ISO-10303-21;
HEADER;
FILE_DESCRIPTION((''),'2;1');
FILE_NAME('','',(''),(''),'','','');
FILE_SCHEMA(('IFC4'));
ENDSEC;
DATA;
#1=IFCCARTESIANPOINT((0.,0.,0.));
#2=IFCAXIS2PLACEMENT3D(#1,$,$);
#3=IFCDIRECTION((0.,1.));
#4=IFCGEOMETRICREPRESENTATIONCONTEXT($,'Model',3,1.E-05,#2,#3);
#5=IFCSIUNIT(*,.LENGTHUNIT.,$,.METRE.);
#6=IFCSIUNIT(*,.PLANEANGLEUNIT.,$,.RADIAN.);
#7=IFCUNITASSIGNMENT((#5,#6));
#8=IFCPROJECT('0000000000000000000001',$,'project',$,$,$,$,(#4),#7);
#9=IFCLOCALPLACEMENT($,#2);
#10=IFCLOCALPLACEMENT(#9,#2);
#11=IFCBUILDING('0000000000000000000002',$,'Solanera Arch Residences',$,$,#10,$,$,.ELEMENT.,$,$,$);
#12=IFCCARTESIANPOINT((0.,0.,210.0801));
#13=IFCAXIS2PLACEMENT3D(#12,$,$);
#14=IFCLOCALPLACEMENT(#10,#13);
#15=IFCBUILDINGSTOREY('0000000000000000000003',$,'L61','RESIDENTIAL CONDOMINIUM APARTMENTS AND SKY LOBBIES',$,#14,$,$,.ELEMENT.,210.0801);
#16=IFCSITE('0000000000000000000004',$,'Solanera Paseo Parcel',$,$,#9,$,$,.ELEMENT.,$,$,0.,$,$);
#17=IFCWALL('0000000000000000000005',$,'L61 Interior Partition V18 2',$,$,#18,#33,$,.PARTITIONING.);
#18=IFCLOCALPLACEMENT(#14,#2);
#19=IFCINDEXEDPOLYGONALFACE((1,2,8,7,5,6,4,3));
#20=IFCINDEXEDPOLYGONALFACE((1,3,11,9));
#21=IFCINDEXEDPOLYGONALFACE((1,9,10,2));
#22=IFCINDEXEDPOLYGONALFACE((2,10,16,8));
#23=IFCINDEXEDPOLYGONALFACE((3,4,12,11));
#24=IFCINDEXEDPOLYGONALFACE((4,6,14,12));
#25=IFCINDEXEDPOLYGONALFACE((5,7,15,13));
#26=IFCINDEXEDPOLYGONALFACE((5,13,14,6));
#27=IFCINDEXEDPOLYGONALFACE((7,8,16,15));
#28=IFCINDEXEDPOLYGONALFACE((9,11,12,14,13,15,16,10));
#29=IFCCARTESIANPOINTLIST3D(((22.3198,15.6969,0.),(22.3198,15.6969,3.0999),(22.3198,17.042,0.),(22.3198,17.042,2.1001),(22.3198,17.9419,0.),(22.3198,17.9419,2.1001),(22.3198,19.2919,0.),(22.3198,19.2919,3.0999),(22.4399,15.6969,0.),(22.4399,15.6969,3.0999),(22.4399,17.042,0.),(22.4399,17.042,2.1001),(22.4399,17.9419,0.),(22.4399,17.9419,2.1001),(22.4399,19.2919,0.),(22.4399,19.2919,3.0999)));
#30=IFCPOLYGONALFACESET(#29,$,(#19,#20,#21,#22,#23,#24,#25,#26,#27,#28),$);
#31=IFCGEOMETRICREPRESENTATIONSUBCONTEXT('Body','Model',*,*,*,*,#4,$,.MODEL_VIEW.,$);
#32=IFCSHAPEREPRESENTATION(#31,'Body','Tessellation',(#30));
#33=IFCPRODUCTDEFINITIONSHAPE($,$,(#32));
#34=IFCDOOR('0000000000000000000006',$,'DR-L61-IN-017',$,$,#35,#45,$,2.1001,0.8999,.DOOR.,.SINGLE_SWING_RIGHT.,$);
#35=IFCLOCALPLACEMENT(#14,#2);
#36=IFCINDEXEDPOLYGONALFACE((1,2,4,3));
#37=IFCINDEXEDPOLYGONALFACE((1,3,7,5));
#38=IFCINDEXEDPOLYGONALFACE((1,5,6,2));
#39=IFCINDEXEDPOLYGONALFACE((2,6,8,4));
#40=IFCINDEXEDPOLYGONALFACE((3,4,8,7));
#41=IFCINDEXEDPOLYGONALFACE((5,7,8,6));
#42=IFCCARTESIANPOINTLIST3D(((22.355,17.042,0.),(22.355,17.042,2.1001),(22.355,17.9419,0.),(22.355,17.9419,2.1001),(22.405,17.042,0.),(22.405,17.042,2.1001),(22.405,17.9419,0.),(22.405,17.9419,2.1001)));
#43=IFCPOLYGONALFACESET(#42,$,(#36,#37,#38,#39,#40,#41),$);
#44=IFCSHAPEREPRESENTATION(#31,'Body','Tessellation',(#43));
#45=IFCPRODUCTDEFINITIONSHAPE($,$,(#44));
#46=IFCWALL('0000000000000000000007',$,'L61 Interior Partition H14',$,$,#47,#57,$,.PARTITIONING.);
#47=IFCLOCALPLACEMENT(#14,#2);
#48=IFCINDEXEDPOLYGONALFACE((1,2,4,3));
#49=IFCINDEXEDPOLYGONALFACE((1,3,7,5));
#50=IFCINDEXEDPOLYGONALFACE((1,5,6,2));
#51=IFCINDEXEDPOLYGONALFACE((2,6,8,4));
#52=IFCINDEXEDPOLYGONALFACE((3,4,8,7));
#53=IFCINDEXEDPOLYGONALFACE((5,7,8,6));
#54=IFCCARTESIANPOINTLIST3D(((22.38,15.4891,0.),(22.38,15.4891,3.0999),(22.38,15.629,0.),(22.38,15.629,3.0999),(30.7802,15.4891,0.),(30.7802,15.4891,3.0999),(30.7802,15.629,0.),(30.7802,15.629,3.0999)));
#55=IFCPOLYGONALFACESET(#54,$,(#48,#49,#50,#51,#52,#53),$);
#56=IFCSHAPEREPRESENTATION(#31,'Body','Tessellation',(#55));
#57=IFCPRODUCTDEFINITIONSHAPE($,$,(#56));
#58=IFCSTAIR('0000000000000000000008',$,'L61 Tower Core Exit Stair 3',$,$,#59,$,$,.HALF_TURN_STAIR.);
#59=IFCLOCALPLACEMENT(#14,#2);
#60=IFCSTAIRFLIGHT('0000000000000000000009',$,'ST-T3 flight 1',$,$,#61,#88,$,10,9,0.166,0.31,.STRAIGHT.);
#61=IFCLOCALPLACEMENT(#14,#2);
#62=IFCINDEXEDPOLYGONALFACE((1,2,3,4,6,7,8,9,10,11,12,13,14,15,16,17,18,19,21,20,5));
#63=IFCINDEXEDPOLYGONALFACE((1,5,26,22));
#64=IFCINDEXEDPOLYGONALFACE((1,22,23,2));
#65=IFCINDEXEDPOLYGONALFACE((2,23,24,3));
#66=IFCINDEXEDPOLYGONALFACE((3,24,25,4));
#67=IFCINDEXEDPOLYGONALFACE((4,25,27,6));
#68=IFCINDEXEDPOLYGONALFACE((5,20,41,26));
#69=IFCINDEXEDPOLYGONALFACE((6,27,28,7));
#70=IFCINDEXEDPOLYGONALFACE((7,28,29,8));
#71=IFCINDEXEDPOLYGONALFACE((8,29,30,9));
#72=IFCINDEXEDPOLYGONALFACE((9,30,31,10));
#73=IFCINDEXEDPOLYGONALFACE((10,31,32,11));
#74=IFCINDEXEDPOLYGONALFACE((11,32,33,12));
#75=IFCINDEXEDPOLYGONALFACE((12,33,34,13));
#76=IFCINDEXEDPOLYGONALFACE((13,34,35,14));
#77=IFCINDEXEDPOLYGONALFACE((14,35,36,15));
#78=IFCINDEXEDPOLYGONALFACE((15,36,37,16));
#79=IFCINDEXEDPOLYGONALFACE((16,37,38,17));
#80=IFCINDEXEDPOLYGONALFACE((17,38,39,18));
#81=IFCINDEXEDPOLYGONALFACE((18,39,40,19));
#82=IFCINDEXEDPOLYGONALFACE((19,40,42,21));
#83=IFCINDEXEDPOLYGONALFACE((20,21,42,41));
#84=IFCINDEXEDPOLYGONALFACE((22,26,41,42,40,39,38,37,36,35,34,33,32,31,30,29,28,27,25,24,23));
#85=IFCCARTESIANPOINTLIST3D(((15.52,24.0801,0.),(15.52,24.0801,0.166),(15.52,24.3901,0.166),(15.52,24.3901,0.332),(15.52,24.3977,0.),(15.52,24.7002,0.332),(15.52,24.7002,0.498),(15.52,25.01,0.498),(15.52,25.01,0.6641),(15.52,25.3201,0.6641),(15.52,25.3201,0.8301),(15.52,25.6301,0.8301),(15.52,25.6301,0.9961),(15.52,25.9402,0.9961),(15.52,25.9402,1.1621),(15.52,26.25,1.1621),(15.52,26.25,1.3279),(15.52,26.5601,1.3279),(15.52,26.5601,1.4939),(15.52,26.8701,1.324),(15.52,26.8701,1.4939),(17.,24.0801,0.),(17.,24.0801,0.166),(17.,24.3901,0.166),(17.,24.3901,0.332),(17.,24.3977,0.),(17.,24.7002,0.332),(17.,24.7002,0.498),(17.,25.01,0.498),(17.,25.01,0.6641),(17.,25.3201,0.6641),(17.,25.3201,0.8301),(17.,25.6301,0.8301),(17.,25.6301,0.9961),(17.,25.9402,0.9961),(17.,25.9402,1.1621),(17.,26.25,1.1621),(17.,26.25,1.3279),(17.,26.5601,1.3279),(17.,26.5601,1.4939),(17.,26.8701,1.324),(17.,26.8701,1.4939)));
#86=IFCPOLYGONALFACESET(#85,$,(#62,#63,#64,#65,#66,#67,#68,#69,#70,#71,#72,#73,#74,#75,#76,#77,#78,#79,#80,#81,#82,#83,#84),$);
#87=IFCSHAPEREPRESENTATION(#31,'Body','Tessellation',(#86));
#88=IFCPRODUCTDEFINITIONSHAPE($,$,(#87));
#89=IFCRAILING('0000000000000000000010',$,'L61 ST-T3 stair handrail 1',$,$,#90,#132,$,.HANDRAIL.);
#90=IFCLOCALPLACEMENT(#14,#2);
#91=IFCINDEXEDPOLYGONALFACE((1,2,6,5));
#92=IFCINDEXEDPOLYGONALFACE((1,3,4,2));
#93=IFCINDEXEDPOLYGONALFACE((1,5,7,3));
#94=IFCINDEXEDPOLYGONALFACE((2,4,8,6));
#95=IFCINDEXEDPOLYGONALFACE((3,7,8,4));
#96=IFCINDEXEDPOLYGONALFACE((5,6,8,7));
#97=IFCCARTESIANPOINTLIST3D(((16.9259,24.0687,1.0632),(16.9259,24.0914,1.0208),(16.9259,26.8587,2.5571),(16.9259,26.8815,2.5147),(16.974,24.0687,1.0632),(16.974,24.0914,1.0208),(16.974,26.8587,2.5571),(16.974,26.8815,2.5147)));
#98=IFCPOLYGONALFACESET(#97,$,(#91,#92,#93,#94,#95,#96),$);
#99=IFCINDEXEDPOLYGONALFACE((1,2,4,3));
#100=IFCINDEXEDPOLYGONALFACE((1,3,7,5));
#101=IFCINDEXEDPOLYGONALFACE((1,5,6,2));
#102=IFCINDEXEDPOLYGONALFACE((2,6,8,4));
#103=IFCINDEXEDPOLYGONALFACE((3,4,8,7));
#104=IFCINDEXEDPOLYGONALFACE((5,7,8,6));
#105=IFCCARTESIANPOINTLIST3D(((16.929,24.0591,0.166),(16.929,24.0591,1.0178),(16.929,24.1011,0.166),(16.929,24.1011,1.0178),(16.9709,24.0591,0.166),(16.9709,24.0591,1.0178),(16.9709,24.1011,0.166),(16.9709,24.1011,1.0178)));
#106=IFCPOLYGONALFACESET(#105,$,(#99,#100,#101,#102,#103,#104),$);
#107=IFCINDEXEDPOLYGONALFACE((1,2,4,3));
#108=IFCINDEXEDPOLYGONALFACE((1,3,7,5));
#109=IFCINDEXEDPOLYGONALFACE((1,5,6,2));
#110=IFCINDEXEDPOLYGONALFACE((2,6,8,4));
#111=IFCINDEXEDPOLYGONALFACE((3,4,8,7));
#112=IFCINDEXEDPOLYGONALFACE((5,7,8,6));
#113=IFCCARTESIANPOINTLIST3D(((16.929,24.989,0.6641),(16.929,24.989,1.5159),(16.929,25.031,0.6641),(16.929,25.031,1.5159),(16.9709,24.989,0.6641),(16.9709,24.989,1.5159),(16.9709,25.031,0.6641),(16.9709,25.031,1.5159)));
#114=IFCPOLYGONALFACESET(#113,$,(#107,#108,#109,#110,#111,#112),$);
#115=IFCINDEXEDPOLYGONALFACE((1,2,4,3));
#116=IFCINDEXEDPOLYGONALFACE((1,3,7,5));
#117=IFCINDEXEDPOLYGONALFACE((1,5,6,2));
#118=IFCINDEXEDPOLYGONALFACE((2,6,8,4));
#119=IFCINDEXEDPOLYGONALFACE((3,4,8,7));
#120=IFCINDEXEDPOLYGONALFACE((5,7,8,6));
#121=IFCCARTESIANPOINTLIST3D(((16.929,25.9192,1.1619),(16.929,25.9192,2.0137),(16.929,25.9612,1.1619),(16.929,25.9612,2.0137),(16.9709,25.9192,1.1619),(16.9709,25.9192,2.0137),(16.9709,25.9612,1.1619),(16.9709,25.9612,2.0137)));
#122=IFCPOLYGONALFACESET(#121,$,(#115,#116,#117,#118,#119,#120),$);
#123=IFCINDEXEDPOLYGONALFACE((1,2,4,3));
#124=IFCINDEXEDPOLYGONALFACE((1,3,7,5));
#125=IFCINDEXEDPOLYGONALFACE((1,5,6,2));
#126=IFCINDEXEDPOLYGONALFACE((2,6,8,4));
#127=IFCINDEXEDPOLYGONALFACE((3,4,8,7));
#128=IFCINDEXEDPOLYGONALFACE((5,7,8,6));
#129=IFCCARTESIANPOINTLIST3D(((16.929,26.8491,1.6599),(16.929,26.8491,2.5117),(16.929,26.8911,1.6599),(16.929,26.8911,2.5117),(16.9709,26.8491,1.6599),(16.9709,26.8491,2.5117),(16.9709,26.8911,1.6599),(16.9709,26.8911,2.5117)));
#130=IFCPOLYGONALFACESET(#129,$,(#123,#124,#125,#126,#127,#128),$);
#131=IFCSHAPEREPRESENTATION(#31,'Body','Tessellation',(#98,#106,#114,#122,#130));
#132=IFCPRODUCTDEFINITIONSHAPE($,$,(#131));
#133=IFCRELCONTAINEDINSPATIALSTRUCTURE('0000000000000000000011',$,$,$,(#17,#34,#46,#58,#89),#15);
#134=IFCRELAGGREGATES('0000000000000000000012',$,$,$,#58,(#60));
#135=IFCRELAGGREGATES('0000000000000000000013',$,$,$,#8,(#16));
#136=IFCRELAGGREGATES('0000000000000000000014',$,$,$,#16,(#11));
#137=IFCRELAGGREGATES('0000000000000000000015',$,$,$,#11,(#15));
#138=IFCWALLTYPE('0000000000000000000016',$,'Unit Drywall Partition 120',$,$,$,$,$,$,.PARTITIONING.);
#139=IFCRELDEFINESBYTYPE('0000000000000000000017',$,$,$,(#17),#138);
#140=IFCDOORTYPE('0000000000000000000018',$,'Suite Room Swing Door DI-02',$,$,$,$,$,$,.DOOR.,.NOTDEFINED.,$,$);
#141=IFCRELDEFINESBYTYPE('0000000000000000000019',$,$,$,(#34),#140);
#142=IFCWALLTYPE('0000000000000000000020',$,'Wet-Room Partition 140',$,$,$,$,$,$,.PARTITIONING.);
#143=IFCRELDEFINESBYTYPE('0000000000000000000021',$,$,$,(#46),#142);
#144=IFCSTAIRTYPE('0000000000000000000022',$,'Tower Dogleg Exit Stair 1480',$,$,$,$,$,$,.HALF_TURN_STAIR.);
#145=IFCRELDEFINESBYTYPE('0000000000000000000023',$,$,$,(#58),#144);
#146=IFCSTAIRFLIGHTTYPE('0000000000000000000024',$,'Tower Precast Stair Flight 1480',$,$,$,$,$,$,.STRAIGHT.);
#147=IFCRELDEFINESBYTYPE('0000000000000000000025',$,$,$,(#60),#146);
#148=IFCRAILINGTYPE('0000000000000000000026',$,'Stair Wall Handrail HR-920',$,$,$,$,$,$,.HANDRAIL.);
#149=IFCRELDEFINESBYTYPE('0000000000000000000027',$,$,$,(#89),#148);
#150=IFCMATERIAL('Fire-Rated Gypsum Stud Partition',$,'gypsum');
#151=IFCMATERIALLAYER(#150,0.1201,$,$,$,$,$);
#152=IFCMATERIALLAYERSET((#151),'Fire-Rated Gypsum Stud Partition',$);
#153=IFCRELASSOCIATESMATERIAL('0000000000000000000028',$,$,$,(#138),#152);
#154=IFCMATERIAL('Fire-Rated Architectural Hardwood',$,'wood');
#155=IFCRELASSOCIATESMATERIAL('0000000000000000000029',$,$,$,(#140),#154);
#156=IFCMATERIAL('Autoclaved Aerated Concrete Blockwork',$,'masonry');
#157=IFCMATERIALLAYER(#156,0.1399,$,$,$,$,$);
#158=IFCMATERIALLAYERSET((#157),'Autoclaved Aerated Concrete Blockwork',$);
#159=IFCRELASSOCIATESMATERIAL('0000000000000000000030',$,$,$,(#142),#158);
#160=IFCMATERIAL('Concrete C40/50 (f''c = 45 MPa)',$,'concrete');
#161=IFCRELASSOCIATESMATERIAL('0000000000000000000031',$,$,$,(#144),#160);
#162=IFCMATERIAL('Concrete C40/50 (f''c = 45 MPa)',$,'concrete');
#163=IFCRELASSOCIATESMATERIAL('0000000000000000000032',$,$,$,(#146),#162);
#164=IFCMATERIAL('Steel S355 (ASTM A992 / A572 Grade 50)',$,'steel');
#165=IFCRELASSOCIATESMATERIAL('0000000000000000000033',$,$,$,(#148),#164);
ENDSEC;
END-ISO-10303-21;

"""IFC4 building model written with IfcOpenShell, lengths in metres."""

from ifc_helpers import new_model, si_unit, direction, frame, frame_2d, origin, origin_2d, place, context, subcontext, project, spatial, polyline, rectangle, outline, extrude, material, layer, layer_set, type_object, element, fill, aggregate, save


model = new_model("IFC4")

# Units and contexts
model_context = context("Model", 3, precision=1e-05, world=origin(), true_north=direction((0.0, 1.0)))
body_context = subcontext(model_context, "Body", "Model", "MODEL_VIEW")
ifc_project = project(units=[si_unit("LENGTHUNIT", "METRE"), si_unit("PLANEANGLEUNIT", "RADIAN")], contexts=[model_context])

# Site, building, storey
site_placement = place(None, origin())
site = spatial("IfcSite", under=ifc_project, at=site_placement, Name="Solanera Paseo Parcel", CompositionType="ELEMENT", RefElevation=0.0)
building_placement = place(site_placement, origin())
building = spatial("IfcBuilding", under=site, at=building_placement, Name="Solanera Arch Residences", CompositionType="ELEMENT")
storey_placement = place(building_placement, frame((0.0, 0.0, 210.0801)))
storey = spatial("IfcBuildingStorey", under=building, at=storey_placement, Name="L61", Description="RESIDENTIAL CONDOMINIUM APARTMENTS AND SKY LOBBIES", CompositionType="ELEMENT", Elevation=210.0801)

# Wall, opening, door
ifc_material_1 = material(Name="Fire-Rated Gypsum Stud Partition", Category="gypsum")
ifc_layer_1 = layer(ifc_material_1, 0.1201)
ifc_layer_set_1 = layer_set([ifc_layer_1], Name="Fire-Rated Gypsum Stud Partition")
wall_type_1 = type_object("IfcWallType", Name="Unit Drywall Partition 120", PredefinedType="PARTITIONING", material=ifc_layer_set_1)
wall_1_placement = place(storey_placement, frame((22.3799, 15.697, 0.0), z_axis=(0.0, 0.0, 1.0), x_axis=(0.0, 1.0, 0.0)))
wall_1 = element("IfcWall", 1, at=wall_1_placement, inside=storey, type_object=wall_type_1, Name="L61 Interior Partition V18 2", PredefinedType="PARTITIONING", context=body_context, shape_type="SweptSolid", body=[
    extrude(rectangle(XDim=3.595, YDim=0.1201, at=frame_2d((1.7974, 0.0))), origin(), (0.0, 0.0, 1.0), 3.0999),
])
opening_1_placement = place(wall_1_placement, frame((1.345, 0.0, 0.0)))
opening_1 = element("IfcOpeningElement", 2, at=opening_1_placement, cuts=wall_1, PredefinedType="OPENING", context=body_context, shape_type="SweptSolid", body=[
    extrude(rectangle(XDim=0.8999, YDim=2.1001, at=frame_2d((0.45, 1.05))), frame((0.0, 0.0701, 0.0), z_axis=(0.0, -1.0, 0.0), x_axis=(1.0, 0.0, 0.0)), (0.0, 0.0, 1.0), 0.1401),
])
ifc_material_2 = material(Name="Fire-Rated Architectural Hardwood", Category="wood")
door_type_1 = type_object("IfcDoorType", Name="Suite Room Swing Door DI-02", OperationType="NOTDEFINED", PredefinedType="DOOR", material=ifc_material_2)
door_1_placement = place(opening_1_placement, origin())
door_1 = element("IfcDoor", 3, at=door_1_placement, inside=storey, type_object=door_type_1, Name="DR-L61-IN-017", OperationType="SINGLE_SWING_RIGHT", OverallHeight=2.1001, OverallWidth=0.8999, PredefinedType="DOOR", context=body_context, shape_type="SweptSolid", body=[
    extrude(rectangle(XDim=0.8999, YDim=2.1001, at=frame_2d((0.45, 1.05))), frame((0.0, 0.0249, 0.0), z_axis=(0.0, -1.0, 0.0), x_axis=(1.0, 0.0, 0.0)), (0.0, 0.0, 1.0), 0.05),
])
fill(opening_1, door_1)

# Wall
ifc_material_3 = material(Name="Autoclaved Aerated Concrete Blockwork", Category="masonry")
ifc_layer_2 = layer(ifc_material_3, 0.1399)
ifc_layer_set_2 = layer_set([ifc_layer_2], Name="Autoclaved Aerated Concrete Blockwork")
wall_type_2 = type_object("IfcWallType", Name="Wet-Room Partition 140", PredefinedType="PARTITIONING", material=ifc_layer_set_2)
wall_2_placement = place(storey_placement, frame((22.3799, 15.5591, 0.0), z_axis=(0.0, 0.0, 1.0), x_axis=(1.0, 0.0, 0.0)))
element("IfcWall", 4, at=wall_2_placement, inside=storey, type_object=wall_type_2, Name="L61 Interior Partition H14", PredefinedType="PARTITIONING", context=body_context, shape_type="SweptSolid", body=[
    extrude(rectangle(XDim=8.4001, YDim=0.1399, at=frame_2d((4.2002, 0.0))), origin(), (0.0, 0.0, 1.0), 3.0999),
])

# Stair, stair flight
ifc_material_4 = material(Name="Concrete C40/50 (f'c = 45 MPa)", Category="concrete")
stair_type = type_object("IfcStairType", Name="Tower Dogleg Exit Stair 1480", PredefinedType="HALF_TURN_STAIR", material=ifc_material_4)
stair_placement = place(storey_placement, origin())
stair = element("IfcStair", 5, at=stair_placement, inside=storey, type_object=stair_type, Name="L61 Tower Core Exit Stair 3", PredefinedType="HALF_TURN_STAIR")
ifc_material_5 = material(Name="Concrete C40/50 (f'c = 45 MPa)", Category="concrete")
stair_flight_type = type_object("IfcStairFlightType", Name="Tower Precast Stair Flight 1480", PredefinedType="STRAIGHT", material=ifc_material_5)
stair_flight_placement = place(storey_placement, frame((16.26, 24.0801, 0.0), z_axis=(0.0, 0.0, 1.0), x_axis=(0.0, 1.0, 0.0)))
stair_flight = element("IfcStairFlight", 6, at=stair_flight_placement, type_object=stair_flight_type, Name="ST-T3 flight 1", NumberOfRisers=10, NumberOfTreads=9, PredefinedType="STRAIGHT", RiserHeight=0.166, TreadLength=0.31, context=body_context, shape_type="SweptSolid", body=[
    extrude(outline(polyline([(0.0, 0.0), (0.0, 0.166), (0.3101, 0.166), (0.3101, 0.332), (0.6201, 0.332), (0.6201, 0.498), (0.9299, 0.498), (0.9299, 0.6641), (1.24, 0.6641), (1.24, 0.8301), (1.55, 0.8301), (1.55, 0.9961), (1.8601, 0.9961), (1.8601, 1.1621), (2.1699, 1.1621), (2.1699, 1.3279), (2.48, 1.3279), (2.48, 1.4939), (2.79, 1.4939), (2.79, 1.6599), (2.79, 1.324), (0.3176, 0.0), (0.0, 0.0)])), frame((0.0, 0.74, 0.0), z_axis=(0.0, -1.0, 0.0), x_axis=(1.0, 0.0, 0.0)), (0.0, 0.0, 1.0), 1.48),
])
aggregate(stair, [stair_flight])

# Railing
ifc_material_6 = material(Name="Steel S355 (ASTM A992 / A572 Grade 50)", Category="steel")
railing_type = type_object("IfcRailingType", Name="Stair Wall Handrail HR-920", PredefinedType="HANDRAIL", material=ifc_material_6)
railing_placement = place(storey_placement, frame((16.95, 24.0801, 0.166)))
element("IfcRailing", 7, at=railing_placement, inside=storey, type_object=railing_type, Name="L61 ST-T3 stair handrail 1", PredefinedType="HANDRAIL", context=body_context, shape_type="SweptSolid", body=[
    extrude(rectangle(XDim=0.0481, YDim=0.0481, at=origin_2d()), frame((0.0, 0.0, 0.876), z_axis=(0.0, 0.881581, 0.472033), x_axis=(-1.0, 0.0, 0.0)), (0.0, 0.0, 1.0), 3.1648),
    extrude(rectangle(XDim=0.042, YDim=0.042, at=origin_2d()), origin(), (0.0, 0.0, 1.0), 0.8518),
    extrude(rectangle(XDim=0.042, YDim=0.042, at=origin_2d()), frame((0.0, 0.9299, 0.498)), (0.0, 0.0, 1.0), 0.8518),
    extrude(rectangle(XDim=0.042, YDim=0.042, at=origin_2d()), frame((0.0, 1.8601, 0.9958)), (0.0, 0.0, 1.0), 0.8518),
    extrude(rectangle(XDim=0.042, YDim=0.042, at=origin_2d()), frame((0.0, 2.79, 1.4939)), (0.0, 0.0, 1.0), 0.8518),
])

save(model, "model.ifc")
